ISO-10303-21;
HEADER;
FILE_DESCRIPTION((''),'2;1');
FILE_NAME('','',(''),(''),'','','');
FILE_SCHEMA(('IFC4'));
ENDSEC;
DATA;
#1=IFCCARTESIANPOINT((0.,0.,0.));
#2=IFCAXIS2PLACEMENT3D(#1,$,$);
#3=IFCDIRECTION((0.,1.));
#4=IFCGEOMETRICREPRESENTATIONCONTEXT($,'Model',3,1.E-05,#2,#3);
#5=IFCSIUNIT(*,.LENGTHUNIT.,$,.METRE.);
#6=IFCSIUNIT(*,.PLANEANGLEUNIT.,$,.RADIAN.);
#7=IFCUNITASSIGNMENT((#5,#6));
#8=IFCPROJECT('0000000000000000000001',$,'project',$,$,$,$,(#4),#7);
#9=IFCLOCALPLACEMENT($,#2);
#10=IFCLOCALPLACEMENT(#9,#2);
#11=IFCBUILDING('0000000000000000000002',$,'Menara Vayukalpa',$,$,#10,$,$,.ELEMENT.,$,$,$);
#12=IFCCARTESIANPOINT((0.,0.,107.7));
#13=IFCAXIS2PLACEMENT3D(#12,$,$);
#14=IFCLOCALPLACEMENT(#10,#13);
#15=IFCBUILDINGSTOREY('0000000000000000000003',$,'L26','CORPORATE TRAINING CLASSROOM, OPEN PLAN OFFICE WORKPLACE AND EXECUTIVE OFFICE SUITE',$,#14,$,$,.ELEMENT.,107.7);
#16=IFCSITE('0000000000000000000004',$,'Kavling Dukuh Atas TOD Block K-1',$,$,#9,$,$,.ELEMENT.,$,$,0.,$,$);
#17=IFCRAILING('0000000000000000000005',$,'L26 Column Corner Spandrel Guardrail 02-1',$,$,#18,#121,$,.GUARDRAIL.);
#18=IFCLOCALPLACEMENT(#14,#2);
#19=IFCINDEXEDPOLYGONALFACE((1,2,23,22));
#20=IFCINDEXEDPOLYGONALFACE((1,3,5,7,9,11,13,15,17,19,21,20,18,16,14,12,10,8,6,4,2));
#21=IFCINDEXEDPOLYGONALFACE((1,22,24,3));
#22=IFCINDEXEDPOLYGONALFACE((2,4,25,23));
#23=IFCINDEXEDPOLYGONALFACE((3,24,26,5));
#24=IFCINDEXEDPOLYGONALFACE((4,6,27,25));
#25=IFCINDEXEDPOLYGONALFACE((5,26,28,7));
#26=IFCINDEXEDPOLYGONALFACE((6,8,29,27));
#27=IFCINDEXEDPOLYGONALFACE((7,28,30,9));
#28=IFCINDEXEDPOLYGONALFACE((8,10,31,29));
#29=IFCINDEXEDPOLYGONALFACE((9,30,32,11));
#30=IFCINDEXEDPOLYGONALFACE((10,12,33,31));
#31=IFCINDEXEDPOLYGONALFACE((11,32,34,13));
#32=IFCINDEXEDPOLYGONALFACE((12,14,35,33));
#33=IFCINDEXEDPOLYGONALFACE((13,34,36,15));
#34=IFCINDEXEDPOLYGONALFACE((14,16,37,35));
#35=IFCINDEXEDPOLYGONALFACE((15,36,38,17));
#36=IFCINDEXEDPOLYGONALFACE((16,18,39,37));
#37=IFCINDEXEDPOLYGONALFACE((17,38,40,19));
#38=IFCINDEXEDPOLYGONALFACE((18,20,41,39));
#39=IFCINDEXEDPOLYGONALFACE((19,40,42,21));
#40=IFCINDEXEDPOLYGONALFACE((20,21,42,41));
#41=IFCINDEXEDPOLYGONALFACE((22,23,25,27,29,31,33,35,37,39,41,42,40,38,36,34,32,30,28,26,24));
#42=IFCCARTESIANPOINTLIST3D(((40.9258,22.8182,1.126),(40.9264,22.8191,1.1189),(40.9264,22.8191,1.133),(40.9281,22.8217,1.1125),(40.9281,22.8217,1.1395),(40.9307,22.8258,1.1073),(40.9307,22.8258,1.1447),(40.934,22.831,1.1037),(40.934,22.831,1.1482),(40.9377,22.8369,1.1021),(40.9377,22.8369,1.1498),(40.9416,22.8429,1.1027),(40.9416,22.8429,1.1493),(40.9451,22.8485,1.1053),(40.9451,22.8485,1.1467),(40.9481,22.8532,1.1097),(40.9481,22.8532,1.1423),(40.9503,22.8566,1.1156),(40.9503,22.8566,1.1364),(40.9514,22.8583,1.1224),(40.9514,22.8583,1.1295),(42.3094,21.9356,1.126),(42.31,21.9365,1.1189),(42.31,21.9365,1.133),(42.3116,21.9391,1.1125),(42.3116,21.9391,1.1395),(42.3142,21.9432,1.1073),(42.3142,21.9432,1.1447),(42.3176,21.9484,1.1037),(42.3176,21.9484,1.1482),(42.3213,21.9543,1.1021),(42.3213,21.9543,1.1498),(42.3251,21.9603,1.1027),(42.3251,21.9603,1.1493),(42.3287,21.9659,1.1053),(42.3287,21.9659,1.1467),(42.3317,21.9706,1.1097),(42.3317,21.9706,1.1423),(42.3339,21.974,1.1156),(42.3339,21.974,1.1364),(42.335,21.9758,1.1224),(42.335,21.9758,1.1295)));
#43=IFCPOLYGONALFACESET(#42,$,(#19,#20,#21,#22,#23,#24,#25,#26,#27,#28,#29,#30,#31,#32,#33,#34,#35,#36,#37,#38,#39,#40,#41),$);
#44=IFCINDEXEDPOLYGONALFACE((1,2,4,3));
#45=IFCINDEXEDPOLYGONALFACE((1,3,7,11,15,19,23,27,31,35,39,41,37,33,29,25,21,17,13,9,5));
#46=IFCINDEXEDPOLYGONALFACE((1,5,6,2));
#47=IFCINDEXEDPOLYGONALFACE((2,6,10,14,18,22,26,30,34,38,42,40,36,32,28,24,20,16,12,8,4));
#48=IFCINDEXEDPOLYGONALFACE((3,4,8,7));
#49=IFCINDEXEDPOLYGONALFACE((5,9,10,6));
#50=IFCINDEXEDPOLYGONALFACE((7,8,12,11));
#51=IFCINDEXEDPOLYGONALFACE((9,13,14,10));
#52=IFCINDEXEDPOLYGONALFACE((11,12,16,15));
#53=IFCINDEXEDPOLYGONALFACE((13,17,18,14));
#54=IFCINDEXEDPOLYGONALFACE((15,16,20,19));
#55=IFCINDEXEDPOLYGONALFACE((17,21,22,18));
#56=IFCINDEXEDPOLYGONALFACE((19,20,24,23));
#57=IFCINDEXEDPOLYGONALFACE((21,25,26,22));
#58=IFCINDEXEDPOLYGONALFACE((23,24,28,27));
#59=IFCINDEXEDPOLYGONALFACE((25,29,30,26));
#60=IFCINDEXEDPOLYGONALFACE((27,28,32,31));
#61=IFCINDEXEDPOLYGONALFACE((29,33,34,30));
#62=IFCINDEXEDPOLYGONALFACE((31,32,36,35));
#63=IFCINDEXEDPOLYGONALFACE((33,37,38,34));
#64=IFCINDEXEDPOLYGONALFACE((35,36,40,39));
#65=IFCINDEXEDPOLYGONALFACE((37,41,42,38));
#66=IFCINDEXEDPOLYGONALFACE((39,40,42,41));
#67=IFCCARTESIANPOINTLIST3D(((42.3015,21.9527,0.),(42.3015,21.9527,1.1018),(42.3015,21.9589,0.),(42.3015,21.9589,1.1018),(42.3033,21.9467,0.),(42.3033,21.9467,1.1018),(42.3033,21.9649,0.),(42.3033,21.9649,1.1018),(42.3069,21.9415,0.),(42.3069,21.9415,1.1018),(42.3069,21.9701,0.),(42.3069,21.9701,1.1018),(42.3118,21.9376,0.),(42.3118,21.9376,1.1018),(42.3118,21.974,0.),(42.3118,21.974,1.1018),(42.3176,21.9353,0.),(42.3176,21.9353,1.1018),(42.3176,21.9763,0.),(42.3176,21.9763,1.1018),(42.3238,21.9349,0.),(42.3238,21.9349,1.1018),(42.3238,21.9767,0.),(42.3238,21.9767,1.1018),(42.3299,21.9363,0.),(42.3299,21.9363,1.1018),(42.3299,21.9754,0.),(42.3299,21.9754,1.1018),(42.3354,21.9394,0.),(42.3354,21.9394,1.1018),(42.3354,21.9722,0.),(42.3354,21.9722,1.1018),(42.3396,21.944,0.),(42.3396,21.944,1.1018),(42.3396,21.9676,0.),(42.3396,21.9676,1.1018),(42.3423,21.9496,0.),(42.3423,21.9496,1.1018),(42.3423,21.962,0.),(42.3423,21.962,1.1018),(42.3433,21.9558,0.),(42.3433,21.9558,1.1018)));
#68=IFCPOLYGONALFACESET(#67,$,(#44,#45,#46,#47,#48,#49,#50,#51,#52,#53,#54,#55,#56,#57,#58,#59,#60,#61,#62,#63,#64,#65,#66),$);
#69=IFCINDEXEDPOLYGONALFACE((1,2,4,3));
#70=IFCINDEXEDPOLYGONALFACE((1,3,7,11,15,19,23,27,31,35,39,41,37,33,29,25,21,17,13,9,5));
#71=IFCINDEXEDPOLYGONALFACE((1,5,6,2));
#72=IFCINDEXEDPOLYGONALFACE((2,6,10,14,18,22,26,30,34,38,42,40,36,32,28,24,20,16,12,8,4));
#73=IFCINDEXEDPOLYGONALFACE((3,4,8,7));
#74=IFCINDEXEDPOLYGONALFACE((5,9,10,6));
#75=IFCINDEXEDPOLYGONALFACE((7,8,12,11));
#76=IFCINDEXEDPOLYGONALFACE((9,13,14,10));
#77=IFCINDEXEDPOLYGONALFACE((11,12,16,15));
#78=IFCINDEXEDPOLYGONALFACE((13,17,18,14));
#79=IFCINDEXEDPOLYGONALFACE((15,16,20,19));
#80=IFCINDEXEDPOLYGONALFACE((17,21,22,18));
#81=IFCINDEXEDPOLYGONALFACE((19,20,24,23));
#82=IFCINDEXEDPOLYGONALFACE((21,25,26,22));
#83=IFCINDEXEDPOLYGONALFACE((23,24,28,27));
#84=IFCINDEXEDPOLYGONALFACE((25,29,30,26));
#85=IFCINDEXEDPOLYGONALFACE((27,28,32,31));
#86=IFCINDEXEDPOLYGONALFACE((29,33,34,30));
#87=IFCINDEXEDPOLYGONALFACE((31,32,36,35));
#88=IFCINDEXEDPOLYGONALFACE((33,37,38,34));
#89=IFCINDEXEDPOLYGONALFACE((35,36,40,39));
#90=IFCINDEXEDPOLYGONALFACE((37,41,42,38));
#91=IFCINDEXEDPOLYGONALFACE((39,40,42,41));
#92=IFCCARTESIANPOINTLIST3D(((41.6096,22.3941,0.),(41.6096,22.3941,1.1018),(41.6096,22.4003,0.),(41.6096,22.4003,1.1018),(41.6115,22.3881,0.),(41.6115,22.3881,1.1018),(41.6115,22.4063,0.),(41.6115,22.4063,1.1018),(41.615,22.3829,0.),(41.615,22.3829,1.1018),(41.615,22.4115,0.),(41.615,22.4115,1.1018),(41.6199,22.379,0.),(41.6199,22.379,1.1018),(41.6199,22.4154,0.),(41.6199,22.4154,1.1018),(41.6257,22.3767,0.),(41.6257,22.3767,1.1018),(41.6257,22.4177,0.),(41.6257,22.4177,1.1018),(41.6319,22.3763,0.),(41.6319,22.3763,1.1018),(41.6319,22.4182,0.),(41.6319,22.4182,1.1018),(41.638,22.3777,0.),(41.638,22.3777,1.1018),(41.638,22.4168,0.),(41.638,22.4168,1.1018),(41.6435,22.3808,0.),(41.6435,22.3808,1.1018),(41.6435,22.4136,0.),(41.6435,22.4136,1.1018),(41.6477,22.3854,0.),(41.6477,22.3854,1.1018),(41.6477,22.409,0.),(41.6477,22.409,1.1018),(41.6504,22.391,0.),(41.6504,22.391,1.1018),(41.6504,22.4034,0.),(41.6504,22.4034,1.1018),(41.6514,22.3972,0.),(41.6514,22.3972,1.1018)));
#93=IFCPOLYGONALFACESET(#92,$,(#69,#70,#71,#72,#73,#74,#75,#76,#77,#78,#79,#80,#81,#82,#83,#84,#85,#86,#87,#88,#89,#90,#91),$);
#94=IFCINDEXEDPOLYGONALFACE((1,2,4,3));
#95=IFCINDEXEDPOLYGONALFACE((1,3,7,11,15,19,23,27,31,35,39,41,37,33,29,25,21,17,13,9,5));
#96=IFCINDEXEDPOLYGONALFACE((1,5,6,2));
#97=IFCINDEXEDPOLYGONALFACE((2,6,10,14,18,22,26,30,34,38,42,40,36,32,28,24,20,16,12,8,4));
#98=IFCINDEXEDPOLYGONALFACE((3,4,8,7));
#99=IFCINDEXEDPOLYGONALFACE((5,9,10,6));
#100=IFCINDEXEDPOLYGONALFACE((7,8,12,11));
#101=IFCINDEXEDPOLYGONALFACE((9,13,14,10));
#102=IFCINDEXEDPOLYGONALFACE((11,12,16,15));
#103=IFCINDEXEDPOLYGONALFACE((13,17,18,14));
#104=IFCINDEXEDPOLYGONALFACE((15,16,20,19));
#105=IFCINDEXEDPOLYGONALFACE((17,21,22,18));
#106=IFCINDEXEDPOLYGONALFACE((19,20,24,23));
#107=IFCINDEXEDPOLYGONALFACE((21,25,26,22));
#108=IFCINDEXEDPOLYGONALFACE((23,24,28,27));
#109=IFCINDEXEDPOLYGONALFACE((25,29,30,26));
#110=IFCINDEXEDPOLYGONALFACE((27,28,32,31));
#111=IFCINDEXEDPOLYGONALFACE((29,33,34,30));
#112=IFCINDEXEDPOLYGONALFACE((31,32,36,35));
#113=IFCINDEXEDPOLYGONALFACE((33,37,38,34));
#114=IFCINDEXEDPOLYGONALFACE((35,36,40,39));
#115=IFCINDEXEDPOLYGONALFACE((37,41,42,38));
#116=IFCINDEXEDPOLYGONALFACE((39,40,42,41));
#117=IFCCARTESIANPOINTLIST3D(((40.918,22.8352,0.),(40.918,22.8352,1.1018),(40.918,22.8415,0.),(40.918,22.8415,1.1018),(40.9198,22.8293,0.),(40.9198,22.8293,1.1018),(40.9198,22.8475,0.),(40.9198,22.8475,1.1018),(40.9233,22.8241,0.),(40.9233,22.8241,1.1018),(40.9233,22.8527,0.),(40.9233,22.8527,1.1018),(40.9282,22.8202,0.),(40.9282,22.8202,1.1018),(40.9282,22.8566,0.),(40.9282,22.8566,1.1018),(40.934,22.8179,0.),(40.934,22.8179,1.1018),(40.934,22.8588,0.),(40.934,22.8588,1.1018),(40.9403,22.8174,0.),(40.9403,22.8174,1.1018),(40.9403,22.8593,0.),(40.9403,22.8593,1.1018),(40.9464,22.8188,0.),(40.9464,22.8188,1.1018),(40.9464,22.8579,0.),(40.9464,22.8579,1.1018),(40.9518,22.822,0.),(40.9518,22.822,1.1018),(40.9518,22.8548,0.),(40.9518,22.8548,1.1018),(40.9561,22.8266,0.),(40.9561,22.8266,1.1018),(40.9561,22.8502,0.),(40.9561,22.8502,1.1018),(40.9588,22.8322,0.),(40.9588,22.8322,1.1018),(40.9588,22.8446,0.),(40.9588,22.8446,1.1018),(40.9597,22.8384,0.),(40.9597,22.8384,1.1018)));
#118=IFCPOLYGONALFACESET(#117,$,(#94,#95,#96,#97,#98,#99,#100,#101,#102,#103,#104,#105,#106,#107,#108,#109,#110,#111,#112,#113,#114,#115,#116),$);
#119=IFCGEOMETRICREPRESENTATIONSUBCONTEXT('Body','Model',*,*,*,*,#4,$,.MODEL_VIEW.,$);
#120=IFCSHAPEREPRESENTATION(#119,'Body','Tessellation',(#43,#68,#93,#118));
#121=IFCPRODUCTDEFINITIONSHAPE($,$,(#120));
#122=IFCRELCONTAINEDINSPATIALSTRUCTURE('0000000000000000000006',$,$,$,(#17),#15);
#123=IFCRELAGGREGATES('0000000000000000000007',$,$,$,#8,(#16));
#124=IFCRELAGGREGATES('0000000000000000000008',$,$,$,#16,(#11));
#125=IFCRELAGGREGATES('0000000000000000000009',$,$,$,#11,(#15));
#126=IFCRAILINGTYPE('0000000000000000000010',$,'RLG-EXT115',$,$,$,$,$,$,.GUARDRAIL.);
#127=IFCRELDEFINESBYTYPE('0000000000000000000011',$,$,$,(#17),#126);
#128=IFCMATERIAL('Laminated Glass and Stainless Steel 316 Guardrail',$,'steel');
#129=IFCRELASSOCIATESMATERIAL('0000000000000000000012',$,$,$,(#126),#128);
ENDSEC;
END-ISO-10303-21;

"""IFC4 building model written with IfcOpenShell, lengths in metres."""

from ifc_helpers import new_model, si_unit, direction, frame, origin, origin_2d, place, context, subcontext, project, spatial, circle, extrude, material, type_object, element, save


model = new_model("IFC4")

# Units and contexts
model_context = context("Model", 3, precision=1e-05, world=origin(), true_north=direction((0.0, 1.0)))
body_context = subcontext(model_context, "Body", "Model", "MODEL_VIEW")
ifc_project = project(units=[si_unit("LENGTHUNIT", "METRE"), si_unit("PLANEANGLEUNIT", "RADIAN")], contexts=[model_context])

# Site, building, storey
site_placement = place(None, origin())
site = spatial("IfcSite", under=ifc_project, at=site_placement, Name="Kavling Dukuh Atas TOD Block K-1", CompositionType="ELEMENT", RefElevation=0.0)
building_placement = place(site_placement, origin())
building = spatial("IfcBuilding", under=site, at=building_placement, Name="Menara Vayukalpa", CompositionType="ELEMENT")
storey_placement = place(building_placement, frame((0.0, 0.0, 107.7)))
storey = spatial("IfcBuildingStorey", under=building, at=storey_placement, Name="L26", Description="CORPORATE TRAINING CLASSROOM, OPEN PLAN OFFICE WORKPLACE AND EXECUTIVE OFFICE SUITE", CompositionType="ELEMENT", Elevation=107.7)

# Railing
ifc_material_1 = material(Name="Laminated Glass and Stainless Steel 316 Guardrail", Category="steel")
railing_type_1 = type_object("IfcRailingType", Name="RLG-EXT115", PredefinedType="GUARDRAIL", material=ifc_material_1)
railing_1_placement = place(storey_placement, frame((42.3223, 21.9558, 0.0)))
element("IfcRailing", 1, at=railing_1_placement, inside=storey, type_object=railing_type_1, Name="L26 Column Corner Spandrel Guardrail 02-1", PredefinedType="GUARDRAIL", context=body_context, shape_type="SweptSolid", body=[
    extrude(circle(Radius=0.0239, at=origin_2d()), frame((0.0, 0.0, 1.126), z_axis=(-0.843073, 0.537799, 0.0), x_axis=(-0.537799, -0.843073, 0.0)), (0.0, 0.0, 1.0), 1.6411),
    extrude(circle(Radius=0.021, at=origin_2d()), origin(), (0.0, 0.0, 1.0), 1.1018),
    extrude(circle(Radius=0.021, at=origin_2d()), frame((-0.6919, 0.4414, 0.0)), (0.0, 0.0, 1.0), 1.1018),
    extrude(circle(Radius=0.021, at=origin_2d()), frame((-1.3835, 0.8826, 0.0)), (0.0, 0.0, 1.0), 1.1018),
])

save(model, "model.ifc")
